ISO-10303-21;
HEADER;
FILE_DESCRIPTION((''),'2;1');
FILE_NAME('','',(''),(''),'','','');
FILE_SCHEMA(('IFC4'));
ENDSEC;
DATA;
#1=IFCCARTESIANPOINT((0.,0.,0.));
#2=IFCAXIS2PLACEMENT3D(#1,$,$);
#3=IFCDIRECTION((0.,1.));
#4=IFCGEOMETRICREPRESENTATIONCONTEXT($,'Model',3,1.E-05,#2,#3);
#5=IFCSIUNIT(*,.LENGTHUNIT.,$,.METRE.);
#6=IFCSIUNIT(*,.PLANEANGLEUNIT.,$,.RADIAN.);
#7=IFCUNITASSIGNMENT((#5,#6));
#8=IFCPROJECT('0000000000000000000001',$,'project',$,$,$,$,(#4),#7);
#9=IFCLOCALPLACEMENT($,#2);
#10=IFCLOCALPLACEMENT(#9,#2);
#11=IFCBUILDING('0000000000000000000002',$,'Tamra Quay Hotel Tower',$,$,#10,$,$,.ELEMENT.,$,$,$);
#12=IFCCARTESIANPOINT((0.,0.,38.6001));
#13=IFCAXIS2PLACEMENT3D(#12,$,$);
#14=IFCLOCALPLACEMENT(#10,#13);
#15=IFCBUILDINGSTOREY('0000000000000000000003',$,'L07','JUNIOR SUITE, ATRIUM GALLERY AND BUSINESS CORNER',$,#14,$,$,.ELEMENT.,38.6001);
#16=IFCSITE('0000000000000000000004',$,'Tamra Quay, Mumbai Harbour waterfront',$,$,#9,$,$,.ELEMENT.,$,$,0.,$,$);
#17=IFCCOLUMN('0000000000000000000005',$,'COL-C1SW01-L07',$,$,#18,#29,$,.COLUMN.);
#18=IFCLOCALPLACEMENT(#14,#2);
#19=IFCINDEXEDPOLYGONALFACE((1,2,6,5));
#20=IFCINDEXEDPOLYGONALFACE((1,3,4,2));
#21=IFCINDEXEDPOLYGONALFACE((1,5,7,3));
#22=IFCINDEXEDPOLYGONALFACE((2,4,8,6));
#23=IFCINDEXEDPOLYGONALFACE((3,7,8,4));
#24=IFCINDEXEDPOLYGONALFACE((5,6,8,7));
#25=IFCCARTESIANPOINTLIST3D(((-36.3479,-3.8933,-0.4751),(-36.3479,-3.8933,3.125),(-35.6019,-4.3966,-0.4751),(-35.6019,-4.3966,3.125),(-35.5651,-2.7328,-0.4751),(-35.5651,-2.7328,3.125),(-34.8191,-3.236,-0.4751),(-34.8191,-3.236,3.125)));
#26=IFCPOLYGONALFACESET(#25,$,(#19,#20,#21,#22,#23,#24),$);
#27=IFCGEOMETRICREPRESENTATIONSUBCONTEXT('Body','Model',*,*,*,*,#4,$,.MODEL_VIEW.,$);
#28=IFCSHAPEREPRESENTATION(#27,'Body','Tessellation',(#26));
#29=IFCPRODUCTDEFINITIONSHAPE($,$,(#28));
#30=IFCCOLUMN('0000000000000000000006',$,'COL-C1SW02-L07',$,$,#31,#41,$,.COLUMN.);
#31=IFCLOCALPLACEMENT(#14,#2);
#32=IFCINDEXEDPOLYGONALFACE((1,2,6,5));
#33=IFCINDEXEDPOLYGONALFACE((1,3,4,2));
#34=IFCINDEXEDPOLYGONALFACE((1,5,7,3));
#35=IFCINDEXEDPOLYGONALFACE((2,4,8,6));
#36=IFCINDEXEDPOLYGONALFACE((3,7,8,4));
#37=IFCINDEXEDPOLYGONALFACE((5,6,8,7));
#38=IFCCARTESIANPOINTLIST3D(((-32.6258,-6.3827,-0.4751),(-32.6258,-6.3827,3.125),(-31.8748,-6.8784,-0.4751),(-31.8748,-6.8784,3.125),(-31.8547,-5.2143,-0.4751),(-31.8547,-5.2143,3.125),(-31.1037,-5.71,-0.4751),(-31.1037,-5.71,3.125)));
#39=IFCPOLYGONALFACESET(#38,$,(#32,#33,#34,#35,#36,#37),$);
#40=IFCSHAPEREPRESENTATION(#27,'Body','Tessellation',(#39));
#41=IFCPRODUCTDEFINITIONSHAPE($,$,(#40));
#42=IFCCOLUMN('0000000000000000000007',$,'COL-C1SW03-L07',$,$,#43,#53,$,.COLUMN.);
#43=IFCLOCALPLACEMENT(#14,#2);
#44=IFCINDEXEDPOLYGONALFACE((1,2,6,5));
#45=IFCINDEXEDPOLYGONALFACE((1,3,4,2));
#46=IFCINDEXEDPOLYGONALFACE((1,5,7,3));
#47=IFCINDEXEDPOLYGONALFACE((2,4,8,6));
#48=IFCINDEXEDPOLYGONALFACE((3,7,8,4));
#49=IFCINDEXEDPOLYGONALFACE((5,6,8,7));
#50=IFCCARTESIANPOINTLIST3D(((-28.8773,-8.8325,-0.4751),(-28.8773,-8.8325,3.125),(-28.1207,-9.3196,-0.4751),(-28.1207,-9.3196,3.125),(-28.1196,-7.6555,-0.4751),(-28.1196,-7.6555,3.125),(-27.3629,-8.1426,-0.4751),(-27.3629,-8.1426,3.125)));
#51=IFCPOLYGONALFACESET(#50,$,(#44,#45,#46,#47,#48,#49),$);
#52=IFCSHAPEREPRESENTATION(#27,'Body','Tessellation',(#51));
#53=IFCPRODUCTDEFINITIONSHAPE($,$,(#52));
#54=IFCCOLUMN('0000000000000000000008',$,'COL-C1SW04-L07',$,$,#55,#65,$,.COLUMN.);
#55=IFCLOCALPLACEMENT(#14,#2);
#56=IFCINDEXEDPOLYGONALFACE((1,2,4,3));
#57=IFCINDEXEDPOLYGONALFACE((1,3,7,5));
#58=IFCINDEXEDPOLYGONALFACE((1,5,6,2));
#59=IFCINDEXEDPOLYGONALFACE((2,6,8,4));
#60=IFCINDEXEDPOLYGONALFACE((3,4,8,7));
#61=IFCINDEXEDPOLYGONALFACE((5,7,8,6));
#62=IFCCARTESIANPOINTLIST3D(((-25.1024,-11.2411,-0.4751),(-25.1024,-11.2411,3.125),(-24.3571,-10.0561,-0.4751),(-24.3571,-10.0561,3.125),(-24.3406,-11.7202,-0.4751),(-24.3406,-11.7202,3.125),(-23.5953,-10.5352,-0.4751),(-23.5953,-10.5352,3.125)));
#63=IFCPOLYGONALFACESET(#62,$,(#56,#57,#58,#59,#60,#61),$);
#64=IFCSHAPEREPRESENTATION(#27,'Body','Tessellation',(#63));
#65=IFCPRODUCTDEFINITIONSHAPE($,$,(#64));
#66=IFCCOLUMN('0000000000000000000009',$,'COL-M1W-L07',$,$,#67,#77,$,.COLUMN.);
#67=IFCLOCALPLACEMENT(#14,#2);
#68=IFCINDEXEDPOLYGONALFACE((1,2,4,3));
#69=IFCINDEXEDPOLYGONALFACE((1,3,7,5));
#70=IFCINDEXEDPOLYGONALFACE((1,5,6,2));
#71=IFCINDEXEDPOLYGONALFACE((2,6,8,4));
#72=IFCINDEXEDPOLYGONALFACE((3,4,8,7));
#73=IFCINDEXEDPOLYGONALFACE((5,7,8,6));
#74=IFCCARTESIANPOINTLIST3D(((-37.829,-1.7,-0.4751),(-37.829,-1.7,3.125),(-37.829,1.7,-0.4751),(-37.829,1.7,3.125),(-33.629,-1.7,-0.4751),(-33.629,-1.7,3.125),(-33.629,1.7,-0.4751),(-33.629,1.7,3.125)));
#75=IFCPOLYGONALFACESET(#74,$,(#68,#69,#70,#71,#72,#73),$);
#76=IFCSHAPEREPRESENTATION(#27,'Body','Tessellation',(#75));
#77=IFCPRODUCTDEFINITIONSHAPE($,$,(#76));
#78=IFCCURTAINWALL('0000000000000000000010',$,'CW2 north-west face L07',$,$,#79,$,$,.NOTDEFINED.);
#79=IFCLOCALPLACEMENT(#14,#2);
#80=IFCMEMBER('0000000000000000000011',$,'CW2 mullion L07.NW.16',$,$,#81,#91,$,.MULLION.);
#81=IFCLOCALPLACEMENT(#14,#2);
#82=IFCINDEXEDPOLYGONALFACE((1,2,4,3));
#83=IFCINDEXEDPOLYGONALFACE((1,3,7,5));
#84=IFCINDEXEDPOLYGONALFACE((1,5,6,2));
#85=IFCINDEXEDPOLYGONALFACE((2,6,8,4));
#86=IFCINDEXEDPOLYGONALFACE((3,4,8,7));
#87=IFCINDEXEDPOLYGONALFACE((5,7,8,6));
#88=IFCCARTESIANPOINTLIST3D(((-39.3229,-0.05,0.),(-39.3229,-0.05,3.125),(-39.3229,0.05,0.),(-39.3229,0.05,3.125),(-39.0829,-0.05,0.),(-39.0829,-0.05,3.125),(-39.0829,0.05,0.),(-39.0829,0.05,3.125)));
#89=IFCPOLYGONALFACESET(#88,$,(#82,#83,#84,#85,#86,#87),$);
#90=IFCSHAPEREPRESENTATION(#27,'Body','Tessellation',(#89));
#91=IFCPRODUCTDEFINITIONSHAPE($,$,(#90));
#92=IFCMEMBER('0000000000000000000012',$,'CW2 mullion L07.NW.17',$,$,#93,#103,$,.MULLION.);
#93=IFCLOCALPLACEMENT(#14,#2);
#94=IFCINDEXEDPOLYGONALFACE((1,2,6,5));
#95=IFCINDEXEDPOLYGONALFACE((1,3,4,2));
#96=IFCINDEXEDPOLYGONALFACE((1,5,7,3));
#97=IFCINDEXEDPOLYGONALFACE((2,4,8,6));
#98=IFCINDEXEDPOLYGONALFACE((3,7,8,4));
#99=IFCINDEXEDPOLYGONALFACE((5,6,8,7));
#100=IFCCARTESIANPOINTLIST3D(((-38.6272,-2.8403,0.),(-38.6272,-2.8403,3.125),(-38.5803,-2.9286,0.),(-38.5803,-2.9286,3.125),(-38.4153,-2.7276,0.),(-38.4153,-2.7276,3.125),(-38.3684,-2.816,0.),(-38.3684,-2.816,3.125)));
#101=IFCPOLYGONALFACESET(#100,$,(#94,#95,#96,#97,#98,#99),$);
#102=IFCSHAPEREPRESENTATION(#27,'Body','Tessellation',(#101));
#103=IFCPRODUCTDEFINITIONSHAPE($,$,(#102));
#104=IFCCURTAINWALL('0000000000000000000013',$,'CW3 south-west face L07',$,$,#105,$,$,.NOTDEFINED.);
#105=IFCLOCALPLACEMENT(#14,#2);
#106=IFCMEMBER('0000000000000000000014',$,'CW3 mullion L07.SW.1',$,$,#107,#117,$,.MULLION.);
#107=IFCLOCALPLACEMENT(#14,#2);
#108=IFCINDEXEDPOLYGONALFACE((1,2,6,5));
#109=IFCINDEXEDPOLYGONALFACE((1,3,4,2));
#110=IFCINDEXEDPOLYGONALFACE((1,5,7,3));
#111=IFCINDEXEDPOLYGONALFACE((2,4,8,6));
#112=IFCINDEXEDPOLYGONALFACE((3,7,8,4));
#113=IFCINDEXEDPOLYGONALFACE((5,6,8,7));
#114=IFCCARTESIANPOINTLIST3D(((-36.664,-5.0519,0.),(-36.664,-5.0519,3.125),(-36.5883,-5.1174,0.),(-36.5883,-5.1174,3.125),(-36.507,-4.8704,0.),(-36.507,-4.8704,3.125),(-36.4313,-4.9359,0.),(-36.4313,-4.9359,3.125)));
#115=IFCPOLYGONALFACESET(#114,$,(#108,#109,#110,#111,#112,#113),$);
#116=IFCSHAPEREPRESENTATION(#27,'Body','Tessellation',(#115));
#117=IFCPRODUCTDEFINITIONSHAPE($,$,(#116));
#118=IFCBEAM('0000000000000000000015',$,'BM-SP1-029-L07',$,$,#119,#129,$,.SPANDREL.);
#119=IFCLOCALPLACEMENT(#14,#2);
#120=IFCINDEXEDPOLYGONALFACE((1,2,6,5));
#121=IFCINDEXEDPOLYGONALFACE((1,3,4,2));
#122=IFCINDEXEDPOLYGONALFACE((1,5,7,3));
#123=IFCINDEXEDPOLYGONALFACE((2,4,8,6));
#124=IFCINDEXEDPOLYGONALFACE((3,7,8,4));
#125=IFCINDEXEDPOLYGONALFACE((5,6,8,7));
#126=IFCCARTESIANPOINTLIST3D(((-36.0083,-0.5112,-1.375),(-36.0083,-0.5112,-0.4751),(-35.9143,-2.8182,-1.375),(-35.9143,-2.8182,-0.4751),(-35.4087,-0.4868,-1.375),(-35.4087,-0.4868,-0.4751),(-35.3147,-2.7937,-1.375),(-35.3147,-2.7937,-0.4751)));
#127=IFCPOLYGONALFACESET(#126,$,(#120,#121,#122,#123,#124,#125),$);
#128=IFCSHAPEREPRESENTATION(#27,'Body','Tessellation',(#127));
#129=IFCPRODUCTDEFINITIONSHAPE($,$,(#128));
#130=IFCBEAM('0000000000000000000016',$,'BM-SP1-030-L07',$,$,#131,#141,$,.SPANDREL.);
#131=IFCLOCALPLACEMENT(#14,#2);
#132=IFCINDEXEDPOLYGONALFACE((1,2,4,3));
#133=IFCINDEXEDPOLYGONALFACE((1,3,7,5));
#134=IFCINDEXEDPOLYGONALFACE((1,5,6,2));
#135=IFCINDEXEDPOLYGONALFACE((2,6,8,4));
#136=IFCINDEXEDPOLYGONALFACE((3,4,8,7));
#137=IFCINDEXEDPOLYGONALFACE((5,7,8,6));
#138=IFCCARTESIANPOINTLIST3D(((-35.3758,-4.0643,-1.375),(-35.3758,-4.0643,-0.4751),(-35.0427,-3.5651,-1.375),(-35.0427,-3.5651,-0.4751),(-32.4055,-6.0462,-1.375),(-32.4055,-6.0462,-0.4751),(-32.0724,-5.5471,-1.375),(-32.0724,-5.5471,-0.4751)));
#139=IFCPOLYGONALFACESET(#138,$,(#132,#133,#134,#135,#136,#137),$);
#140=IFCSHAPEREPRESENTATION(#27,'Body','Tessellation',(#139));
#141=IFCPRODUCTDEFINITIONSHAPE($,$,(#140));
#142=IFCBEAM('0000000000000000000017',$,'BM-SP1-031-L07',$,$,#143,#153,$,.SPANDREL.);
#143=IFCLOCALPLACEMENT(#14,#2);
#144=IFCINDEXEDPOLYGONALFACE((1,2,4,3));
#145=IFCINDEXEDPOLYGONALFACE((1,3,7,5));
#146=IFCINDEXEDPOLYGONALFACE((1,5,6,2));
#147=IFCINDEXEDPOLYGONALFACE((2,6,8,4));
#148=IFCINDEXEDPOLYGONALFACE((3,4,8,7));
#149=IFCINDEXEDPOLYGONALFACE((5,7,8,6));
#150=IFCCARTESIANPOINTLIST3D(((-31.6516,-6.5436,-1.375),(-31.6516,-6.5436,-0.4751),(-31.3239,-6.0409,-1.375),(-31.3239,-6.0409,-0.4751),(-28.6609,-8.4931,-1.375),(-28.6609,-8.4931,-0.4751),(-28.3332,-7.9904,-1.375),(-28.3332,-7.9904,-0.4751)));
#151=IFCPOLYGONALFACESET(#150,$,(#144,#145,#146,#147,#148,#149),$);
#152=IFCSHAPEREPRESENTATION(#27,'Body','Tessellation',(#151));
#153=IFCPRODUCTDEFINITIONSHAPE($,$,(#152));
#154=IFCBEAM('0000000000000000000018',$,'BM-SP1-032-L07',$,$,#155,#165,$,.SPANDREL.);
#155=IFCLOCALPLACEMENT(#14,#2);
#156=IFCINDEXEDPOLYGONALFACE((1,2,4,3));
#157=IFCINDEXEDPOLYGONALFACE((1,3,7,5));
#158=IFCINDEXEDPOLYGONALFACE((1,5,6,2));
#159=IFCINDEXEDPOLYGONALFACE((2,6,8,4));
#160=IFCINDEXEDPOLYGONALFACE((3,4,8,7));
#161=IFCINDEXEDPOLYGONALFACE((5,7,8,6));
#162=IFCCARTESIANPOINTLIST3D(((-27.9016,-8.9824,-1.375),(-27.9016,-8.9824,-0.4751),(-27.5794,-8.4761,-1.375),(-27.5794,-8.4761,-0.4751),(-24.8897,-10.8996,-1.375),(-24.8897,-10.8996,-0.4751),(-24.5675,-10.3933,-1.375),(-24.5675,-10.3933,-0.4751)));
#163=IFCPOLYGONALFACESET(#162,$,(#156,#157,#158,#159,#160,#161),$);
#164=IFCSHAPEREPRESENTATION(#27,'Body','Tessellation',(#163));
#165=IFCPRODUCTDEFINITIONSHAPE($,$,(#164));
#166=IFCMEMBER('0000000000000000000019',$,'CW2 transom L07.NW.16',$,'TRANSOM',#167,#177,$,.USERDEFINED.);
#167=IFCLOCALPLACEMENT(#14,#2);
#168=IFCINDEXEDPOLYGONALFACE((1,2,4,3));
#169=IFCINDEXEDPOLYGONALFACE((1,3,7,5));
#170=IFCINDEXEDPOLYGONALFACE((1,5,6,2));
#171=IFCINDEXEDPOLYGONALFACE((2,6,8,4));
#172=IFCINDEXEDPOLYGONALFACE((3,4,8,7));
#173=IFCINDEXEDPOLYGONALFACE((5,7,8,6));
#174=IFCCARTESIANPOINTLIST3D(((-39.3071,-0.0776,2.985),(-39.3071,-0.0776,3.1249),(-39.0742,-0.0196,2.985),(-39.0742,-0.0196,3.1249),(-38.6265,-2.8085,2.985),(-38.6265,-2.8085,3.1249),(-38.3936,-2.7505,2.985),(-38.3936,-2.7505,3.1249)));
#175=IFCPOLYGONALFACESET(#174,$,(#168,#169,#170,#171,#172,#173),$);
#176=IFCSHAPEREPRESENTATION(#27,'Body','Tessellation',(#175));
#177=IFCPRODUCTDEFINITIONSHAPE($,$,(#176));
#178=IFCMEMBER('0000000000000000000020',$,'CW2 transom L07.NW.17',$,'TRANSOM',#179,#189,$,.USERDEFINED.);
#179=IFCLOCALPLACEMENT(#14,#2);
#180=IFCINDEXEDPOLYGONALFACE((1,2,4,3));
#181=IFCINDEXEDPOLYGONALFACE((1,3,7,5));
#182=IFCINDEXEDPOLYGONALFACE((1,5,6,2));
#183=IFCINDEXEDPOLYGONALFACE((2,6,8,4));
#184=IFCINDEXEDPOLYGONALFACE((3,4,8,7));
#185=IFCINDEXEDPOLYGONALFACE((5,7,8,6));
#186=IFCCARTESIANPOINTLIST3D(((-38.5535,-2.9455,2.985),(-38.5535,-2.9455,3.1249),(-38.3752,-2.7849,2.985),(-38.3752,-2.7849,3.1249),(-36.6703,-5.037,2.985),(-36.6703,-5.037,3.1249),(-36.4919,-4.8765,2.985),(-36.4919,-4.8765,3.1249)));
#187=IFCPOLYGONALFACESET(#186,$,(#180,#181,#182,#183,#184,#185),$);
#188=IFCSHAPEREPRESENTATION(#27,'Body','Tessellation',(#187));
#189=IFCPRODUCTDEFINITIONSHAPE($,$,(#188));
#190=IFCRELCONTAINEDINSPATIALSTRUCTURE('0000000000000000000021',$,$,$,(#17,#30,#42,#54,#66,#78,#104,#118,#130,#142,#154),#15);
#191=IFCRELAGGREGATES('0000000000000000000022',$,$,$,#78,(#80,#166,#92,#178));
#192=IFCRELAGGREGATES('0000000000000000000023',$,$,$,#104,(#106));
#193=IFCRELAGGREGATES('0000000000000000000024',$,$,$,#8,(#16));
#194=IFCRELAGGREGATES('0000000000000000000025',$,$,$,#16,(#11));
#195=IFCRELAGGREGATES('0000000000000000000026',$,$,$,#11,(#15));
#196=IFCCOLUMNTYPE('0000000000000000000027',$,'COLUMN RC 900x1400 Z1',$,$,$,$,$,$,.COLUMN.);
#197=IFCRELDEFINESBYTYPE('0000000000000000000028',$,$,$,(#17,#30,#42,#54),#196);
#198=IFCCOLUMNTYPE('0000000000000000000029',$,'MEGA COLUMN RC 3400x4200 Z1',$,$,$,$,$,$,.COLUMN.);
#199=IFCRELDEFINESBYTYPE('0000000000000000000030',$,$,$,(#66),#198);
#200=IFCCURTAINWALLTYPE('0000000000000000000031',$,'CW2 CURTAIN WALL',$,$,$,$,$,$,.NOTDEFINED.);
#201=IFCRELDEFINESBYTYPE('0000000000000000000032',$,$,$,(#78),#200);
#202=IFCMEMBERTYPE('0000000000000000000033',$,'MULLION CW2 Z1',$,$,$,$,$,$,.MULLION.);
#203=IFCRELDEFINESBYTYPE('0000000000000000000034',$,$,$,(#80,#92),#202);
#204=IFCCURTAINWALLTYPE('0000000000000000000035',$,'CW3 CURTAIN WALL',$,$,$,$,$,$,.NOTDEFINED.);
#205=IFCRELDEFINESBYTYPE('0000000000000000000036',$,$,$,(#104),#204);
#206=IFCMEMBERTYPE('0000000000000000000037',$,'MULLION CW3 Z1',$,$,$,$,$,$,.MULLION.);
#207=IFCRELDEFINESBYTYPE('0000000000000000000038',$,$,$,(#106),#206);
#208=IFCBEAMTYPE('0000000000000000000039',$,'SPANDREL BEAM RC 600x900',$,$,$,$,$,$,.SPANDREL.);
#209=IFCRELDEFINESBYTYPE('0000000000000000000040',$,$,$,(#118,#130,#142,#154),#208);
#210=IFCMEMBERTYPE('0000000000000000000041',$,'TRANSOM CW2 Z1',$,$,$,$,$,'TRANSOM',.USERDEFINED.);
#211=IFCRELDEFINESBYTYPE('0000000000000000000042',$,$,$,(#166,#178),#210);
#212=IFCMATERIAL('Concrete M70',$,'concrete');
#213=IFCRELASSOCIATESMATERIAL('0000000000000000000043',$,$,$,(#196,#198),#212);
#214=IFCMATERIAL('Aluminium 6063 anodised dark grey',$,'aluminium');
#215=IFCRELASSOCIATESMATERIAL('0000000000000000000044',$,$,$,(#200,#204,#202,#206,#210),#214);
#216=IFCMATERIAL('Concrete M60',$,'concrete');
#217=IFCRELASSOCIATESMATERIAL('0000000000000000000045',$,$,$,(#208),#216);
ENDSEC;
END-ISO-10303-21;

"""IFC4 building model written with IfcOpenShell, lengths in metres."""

from ifc_helpers import new_model, si_unit, direction, frame, origin, origin_2d, place, context, subcontext, project, spatial, rectangle, extrude, material, material_profile, profile_set, type_object, element, aggregate, save


model = new_model("IFC4")

# Units and contexts
model_context = context("Model", 3, precision=1e-05, world=origin(), true_north=direction((0.0, 1.0)))
body_context = subcontext(model_context, "Body", "Model", "MODEL_VIEW")
ifc_project = project(units=[si_unit("LENGTHUNIT", "METRE"), si_unit("PLANEANGLEUNIT", "RADIAN")], contexts=[model_context])

# Site, building, storey
site_placement = place(None, origin())
site = spatial("IfcSite", under=ifc_project, at=site_placement, Name="Tamra Quay, Mumbai Harbour waterfront", CompositionType="ELEMENT", RefElevation=0.0)
building_placement = place(site_placement, origin())
building = spatial("IfcBuilding", under=site, at=building_placement, Name="Tamra Quay Hotel Tower", CompositionType="ELEMENT")
storey_placement = place(building_placement, frame((0.0, 0.0, 38.6001)))
storey = spatial("IfcBuildingStorey", under=building, at=storey_placement, Name="L07", Description="JUNIOR SUITE, ATRIUM GALLERY AND BUSINESS CORNER", CompositionType="ELEMENT", Elevation=38.6001)

# Columns
ifc_material_1 = material(Name="Concrete M70", Category="concrete")
ifc_material_profile_1 = material_profile(ifc_material_1, rectangle(XDim=1.3999, YDim=0.8999, at=origin_2d()), Name="COLUMN RC 900x1400 Z1")
ifc_profile_set_1 = profile_set([ifc_material_profile_1], Name="Concrete M70")
column_type_1 = type_object("IfcColumnType", Name="COLUMN RC 900x1400 Z1", PredefinedType="COLUMN", material=ifc_profile_set_1)
for number, where, z_axis, x_axis, name in (
    (1, (-35.5835, -3.5647, -0.4751), (0.0, 0.0, 1.0), (0.55922, 0.829019, 0.0), "COL-C1SW01-L07"),
    (2, (-31.8647, -6.0464, -0.4751), (0.0, 0.0, 1.0), (0.550838, 0.834612, 0.0), "COL-C1SW02-L07"),
    (3, (-28.1201, -8.4875, -0.4751), (0.0, 0.0, 1.0), (0.541283, 0.840841, 0.0), "COL-C1SW03-L07"),
    (4, (-24.3489, -10.8882, -0.4751), (0.0, 0.0, 1.0), (0.532389, 0.8465, 0.0), "COL-C1SW04-L07"),
):
    element("IfcColumn", number, at=place(storey_placement, frame(where, z_axis=z_axis, x_axis=x_axis)), inside=storey, type_object=column_type_1, Name=name, PredefinedType="COLUMN", context=body_context, shape_type="SweptSolid", body=[
        extrude(rectangle(XDim=1.3999, YDim=0.8999, at=origin_2d()), origin(), (0.0, 0.0, 1.0), 3.6001),
    ])
ifc_material_profile_2 = material_profile(ifc_material_1, rectangle(XDim=4.2, YDim=3.3999, at=origin_2d()), Name="MEGA COLUMN RC 3400x4200 Z1")
ifc_profile_set_2 = profile_set([ifc_material_profile_2], Name="Concrete M70")
column_type_2 = type_object("IfcColumnType", Name="MEGA COLUMN RC 3400x4200 Z1", PredefinedType="COLUMN", material=ifc_profile_set_2)
column_placement = place(storey_placement, frame((-35.729, 0.0, -0.4751), z_axis=(0.0, 0.0, 1.0), x_axis=(1.0, 0.0, 0.0)))
element("IfcColumn", 5, at=column_placement, inside=storey, type_object=column_type_2, Name="COL-M1W-L07", PredefinedType="COLUMN", context=body_context, shape_type="SweptSolid", body=[
    extrude(rectangle(XDim=4.2, YDim=3.3999, at=origin_2d()), origin(), (0.0, 0.0, 1.0), 3.6001),
])

# Curtain wall, members
ifc_material_2 = material(Name="Aluminium 6063 anodised dark grey", Category="aluminium")
curtain_wall_type_1 = type_object("IfcCurtainWallType", Name="CW2 CURTAIN WALL", PredefinedType="NOTDEFINED", material=ifc_material_2)
curtain_wall_1_placement = place(storey_placement, origin())
curtain_wall_1 = element("IfcCurtainWall", 6, at=curtain_wall_1_placement, inside=storey, type_object=curtain_wall_type_1, Name="CW2 north-west face L07", PredefinedType="NOTDEFINED")
ifc_material_profile_3 = material_profile(ifc_material_2, rectangle(XDim=0.24, YDim=0.1001, at=origin_2d()), Name="MULLION 100X240")
ifc_profile_set_3 = profile_set([ifc_material_profile_3], Name="Aluminium 6063 anodised dark grey")
member_type_1 = type_object("IfcMemberType", Name="MULLION CW2 Z1", PredefinedType="MULLION", material=ifc_profile_set_3)
member_1_placement = place(storey_placement, frame((-39.2029, 0.0, 0.0), z_axis=(0.0, 0.0, 1.0), x_axis=(-1.0, 0.0, 0.0)))
member_1 = element("IfcMember", 7, at=member_1_placement, type_object=member_type_1, Name="CW2 mullion L07.NW.16", PredefinedType="MULLION", context=body_context, shape_type="SweptSolid", body=[
    extrude(rectangle(XDim=0.24, YDim=0.1001, at=origin_2d()), origin(), (0.0, 0.0, 1.0), 3.125),
])
member_2_placement = place(storey_placement, frame((-38.4978, -2.8281, 0.0), z_axis=(0.0, 0.0, 1.0), x_axis=(-0.882955, -0.469457, 0.0)))
member_2 = element("IfcMember", 8, at=member_2_placement, type_object=member_type_1, Name="CW2 mullion L07.NW.17", PredefinedType="MULLION", context=body_context, shape_type="SweptSolid", body=[
    extrude(rectangle(XDim=0.24, YDim=0.1001, at=origin_2d()), origin(), (0.0, 0.0, 1.0), 3.125),
])

# Curtain wall, member
curtain_wall_type_2 = type_object("IfcCurtainWallType", Name="CW3 CURTAIN WALL", PredefinedType="NOTDEFINED", material=ifc_material_2)
curtain_wall_2_placement = place(storey_placement, origin())
curtain_wall_2 = element("IfcCurtainWall", 9, at=curtain_wall_2_placement, inside=storey, type_object=curtain_wall_type_2, Name="CW3 south-west face L07", PredefinedType="NOTDEFINED")
ifc_material_profile_4 = material_profile(ifc_material_2, rectangle(XDim=0.24, YDim=0.1001, at=origin_2d()), Name="MULLION 100X240")
ifc_profile_set_4 = profile_set([ifc_material_profile_4], Name="Aluminium 6063 anodised dark grey")
member_type_2 = type_object("IfcMemberType", Name="MULLION CW3 Z1", PredefinedType="MULLION", material=ifc_profile_set_4)
member_3_placement = place(storey_placement, frame((-36.5476, -4.9939, 0.0), z_axis=(0.0, 0.0, 1.0), x_axis=(-0.654197, -0.756324, 0.0)))
member_3 = element("IfcMember", 10, at=member_3_placement, type_object=member_type_2, Name="CW3 mullion L07.SW.1", PredefinedType="MULLION", context=body_context, shape_type="SweptSolid", body=[
    extrude(rectangle(XDim=0.24, YDim=0.1001, at=origin_2d()), origin(), (0.0, 0.0, 1.0), 3.125),
])

# Beams
ifc_material_3 = material(Name="Concrete M60", Category="concrete")
ifc_material_profile_5 = material_profile(ifc_material_3, rectangle(XDim=0.6001, YDim=0.8999, at=origin_2d()), Name="SPANDREL BEAM RC 600x900")
ifc_profile_set_5 = profile_set([ifc_material_profile_5], Name="Concrete M60")
beam_type = type_object("IfcBeamType", Name="SPANDREL BEAM RC 600x900", PredefinedType="SPANDREL", material=ifc_profile_set_5)
beam_1_placement = place(storey_placement, frame((-35.7085, -0.499, -0.925), z_axis=(0.040711, -0.999171, 0.0), x_axis=(0.999171, 0.040711, 0.0)))
element("IfcBeam", 11, at=beam_1_placement, inside=storey, type_object=beam_type, Name="BM-SP1-029-L07", PredefinedType="SPANDREL", context=body_context, shape_type="SweptSolid", body=[
    extrude(rectangle(XDim=0.6001, YDim=0.8999, at=origin_2d()), origin(), (0.0, 0.0, 1.0), 2.3088),
])
beam_2_placement = place(storey_placement, frame((-35.2092, -3.8147, -0.925), z_axis=(0.831819, -0.555047, 0.0), x_axis=(0.555047, 0.831819, 0.0)))
element("IfcBeam", 12, at=beam_2_placement, inside=storey, type_object=beam_type, Name="BM-SP1-030-L07", PredefinedType="SPANDREL", context=body_context, shape_type="SweptSolid", body=[
    extrude(rectangle(XDim=0.6001, YDim=0.8999, at=origin_2d()), origin(), (0.0, 0.0, 1.0), 3.5708),
])
beam_3_placement = place(storey_placement, frame((-31.4878, -6.2922, -0.925), z_axis=(0.83774, -0.54607, 0.0), x_axis=(0.54607, 0.83774, 0.0)))
element("IfcBeam", 13, at=beam_3_placement, inside=storey, type_object=beam_type, Name="BM-SP1-031-L07", PredefinedType="SPANDREL", context=body_context, shape_type="SweptSolid", body=[
    extrude(rectangle(XDim=0.6001, YDim=0.8999, at=origin_2d()), origin(), (0.0, 0.0, 1.0), 3.5701),
])
beam_4_placement = place(storey_placement, frame((-27.7405, -8.7292, -0.925), z_axis=(0.843594, -0.536982, 0.0), x_axis=(0.536982, 0.843594, 0.0)))
element("IfcBeam", 14, at=beam_4_placement, inside=storey, type_object=beam_type, Name="BM-SP1-032-L07", PredefinedType="SPANDREL", context=body_context, shape_type="SweptSolid", body=[
    extrude(rectangle(XDim=0.6001, YDim=0.8999, at=origin_2d()), origin(), (0.0, 0.0, 1.0), 3.5703),
])

# Members
ifc_material_profile_6 = material_profile(ifc_material_2, rectangle(XDim=0.24, YDim=0.1399, at=origin_2d()), Name="TRANSOM 240X140")
ifc_profile_set_6 = profile_set([ifc_material_profile_6], Name="Aluminium 6063 anodised dark grey")
member_type_3 = type_object("IfcMemberType", Name="TRANSOM CW2 Z1", ElementType="TRANSOM", PredefinedType="USERDEFINED", material=ifc_profile_set_6)
member_4_placement = place(storey_placement, frame((-39.1907, -0.0486, 3.0549), z_axis=(0.241842, -0.970316, 0.0), x_axis=(0.970316, 0.241842, 0.0)))
member_4 = element("IfcMember", 15, at=member_4_placement, type_object=member_type_3, Name="CW2 transom L07.NW.16", ObjectType="TRANSOM", PredefinedType="USERDEFINED", context=body_context, shape_type="SweptSolid", body=[
    extrude(rectangle(XDim=0.24, YDim=0.1399, at=origin_2d()), origin(), (0.0, 0.0, 1.0), 2.8145),
])
member_5_placement = place(storey_placement, frame((-38.4644, -2.8652, 3.0549), z_axis=(0.669142, -0.743135, 0.0), x_axis=(0.743135, 0.669142, 0.0)))
member_5 = element("IfcMember", 16, at=member_5_placement, type_object=member_type_3, Name="CW2 transom L07.NW.17", ObjectType="TRANSOM", PredefinedType="USERDEFINED", context=body_context, shape_type="SweptSolid", body=[
    extrude(rectangle(XDim=0.24, YDim=0.1399, at=origin_2d()), origin(), (0.0, 0.0, 1.0), 2.8145),
])

aggregate(curtain_wall_1, [member_1, member_4, member_2, member_5])
aggregate(curtain_wall_2, [member_3])

save(model, "model.ifc")
